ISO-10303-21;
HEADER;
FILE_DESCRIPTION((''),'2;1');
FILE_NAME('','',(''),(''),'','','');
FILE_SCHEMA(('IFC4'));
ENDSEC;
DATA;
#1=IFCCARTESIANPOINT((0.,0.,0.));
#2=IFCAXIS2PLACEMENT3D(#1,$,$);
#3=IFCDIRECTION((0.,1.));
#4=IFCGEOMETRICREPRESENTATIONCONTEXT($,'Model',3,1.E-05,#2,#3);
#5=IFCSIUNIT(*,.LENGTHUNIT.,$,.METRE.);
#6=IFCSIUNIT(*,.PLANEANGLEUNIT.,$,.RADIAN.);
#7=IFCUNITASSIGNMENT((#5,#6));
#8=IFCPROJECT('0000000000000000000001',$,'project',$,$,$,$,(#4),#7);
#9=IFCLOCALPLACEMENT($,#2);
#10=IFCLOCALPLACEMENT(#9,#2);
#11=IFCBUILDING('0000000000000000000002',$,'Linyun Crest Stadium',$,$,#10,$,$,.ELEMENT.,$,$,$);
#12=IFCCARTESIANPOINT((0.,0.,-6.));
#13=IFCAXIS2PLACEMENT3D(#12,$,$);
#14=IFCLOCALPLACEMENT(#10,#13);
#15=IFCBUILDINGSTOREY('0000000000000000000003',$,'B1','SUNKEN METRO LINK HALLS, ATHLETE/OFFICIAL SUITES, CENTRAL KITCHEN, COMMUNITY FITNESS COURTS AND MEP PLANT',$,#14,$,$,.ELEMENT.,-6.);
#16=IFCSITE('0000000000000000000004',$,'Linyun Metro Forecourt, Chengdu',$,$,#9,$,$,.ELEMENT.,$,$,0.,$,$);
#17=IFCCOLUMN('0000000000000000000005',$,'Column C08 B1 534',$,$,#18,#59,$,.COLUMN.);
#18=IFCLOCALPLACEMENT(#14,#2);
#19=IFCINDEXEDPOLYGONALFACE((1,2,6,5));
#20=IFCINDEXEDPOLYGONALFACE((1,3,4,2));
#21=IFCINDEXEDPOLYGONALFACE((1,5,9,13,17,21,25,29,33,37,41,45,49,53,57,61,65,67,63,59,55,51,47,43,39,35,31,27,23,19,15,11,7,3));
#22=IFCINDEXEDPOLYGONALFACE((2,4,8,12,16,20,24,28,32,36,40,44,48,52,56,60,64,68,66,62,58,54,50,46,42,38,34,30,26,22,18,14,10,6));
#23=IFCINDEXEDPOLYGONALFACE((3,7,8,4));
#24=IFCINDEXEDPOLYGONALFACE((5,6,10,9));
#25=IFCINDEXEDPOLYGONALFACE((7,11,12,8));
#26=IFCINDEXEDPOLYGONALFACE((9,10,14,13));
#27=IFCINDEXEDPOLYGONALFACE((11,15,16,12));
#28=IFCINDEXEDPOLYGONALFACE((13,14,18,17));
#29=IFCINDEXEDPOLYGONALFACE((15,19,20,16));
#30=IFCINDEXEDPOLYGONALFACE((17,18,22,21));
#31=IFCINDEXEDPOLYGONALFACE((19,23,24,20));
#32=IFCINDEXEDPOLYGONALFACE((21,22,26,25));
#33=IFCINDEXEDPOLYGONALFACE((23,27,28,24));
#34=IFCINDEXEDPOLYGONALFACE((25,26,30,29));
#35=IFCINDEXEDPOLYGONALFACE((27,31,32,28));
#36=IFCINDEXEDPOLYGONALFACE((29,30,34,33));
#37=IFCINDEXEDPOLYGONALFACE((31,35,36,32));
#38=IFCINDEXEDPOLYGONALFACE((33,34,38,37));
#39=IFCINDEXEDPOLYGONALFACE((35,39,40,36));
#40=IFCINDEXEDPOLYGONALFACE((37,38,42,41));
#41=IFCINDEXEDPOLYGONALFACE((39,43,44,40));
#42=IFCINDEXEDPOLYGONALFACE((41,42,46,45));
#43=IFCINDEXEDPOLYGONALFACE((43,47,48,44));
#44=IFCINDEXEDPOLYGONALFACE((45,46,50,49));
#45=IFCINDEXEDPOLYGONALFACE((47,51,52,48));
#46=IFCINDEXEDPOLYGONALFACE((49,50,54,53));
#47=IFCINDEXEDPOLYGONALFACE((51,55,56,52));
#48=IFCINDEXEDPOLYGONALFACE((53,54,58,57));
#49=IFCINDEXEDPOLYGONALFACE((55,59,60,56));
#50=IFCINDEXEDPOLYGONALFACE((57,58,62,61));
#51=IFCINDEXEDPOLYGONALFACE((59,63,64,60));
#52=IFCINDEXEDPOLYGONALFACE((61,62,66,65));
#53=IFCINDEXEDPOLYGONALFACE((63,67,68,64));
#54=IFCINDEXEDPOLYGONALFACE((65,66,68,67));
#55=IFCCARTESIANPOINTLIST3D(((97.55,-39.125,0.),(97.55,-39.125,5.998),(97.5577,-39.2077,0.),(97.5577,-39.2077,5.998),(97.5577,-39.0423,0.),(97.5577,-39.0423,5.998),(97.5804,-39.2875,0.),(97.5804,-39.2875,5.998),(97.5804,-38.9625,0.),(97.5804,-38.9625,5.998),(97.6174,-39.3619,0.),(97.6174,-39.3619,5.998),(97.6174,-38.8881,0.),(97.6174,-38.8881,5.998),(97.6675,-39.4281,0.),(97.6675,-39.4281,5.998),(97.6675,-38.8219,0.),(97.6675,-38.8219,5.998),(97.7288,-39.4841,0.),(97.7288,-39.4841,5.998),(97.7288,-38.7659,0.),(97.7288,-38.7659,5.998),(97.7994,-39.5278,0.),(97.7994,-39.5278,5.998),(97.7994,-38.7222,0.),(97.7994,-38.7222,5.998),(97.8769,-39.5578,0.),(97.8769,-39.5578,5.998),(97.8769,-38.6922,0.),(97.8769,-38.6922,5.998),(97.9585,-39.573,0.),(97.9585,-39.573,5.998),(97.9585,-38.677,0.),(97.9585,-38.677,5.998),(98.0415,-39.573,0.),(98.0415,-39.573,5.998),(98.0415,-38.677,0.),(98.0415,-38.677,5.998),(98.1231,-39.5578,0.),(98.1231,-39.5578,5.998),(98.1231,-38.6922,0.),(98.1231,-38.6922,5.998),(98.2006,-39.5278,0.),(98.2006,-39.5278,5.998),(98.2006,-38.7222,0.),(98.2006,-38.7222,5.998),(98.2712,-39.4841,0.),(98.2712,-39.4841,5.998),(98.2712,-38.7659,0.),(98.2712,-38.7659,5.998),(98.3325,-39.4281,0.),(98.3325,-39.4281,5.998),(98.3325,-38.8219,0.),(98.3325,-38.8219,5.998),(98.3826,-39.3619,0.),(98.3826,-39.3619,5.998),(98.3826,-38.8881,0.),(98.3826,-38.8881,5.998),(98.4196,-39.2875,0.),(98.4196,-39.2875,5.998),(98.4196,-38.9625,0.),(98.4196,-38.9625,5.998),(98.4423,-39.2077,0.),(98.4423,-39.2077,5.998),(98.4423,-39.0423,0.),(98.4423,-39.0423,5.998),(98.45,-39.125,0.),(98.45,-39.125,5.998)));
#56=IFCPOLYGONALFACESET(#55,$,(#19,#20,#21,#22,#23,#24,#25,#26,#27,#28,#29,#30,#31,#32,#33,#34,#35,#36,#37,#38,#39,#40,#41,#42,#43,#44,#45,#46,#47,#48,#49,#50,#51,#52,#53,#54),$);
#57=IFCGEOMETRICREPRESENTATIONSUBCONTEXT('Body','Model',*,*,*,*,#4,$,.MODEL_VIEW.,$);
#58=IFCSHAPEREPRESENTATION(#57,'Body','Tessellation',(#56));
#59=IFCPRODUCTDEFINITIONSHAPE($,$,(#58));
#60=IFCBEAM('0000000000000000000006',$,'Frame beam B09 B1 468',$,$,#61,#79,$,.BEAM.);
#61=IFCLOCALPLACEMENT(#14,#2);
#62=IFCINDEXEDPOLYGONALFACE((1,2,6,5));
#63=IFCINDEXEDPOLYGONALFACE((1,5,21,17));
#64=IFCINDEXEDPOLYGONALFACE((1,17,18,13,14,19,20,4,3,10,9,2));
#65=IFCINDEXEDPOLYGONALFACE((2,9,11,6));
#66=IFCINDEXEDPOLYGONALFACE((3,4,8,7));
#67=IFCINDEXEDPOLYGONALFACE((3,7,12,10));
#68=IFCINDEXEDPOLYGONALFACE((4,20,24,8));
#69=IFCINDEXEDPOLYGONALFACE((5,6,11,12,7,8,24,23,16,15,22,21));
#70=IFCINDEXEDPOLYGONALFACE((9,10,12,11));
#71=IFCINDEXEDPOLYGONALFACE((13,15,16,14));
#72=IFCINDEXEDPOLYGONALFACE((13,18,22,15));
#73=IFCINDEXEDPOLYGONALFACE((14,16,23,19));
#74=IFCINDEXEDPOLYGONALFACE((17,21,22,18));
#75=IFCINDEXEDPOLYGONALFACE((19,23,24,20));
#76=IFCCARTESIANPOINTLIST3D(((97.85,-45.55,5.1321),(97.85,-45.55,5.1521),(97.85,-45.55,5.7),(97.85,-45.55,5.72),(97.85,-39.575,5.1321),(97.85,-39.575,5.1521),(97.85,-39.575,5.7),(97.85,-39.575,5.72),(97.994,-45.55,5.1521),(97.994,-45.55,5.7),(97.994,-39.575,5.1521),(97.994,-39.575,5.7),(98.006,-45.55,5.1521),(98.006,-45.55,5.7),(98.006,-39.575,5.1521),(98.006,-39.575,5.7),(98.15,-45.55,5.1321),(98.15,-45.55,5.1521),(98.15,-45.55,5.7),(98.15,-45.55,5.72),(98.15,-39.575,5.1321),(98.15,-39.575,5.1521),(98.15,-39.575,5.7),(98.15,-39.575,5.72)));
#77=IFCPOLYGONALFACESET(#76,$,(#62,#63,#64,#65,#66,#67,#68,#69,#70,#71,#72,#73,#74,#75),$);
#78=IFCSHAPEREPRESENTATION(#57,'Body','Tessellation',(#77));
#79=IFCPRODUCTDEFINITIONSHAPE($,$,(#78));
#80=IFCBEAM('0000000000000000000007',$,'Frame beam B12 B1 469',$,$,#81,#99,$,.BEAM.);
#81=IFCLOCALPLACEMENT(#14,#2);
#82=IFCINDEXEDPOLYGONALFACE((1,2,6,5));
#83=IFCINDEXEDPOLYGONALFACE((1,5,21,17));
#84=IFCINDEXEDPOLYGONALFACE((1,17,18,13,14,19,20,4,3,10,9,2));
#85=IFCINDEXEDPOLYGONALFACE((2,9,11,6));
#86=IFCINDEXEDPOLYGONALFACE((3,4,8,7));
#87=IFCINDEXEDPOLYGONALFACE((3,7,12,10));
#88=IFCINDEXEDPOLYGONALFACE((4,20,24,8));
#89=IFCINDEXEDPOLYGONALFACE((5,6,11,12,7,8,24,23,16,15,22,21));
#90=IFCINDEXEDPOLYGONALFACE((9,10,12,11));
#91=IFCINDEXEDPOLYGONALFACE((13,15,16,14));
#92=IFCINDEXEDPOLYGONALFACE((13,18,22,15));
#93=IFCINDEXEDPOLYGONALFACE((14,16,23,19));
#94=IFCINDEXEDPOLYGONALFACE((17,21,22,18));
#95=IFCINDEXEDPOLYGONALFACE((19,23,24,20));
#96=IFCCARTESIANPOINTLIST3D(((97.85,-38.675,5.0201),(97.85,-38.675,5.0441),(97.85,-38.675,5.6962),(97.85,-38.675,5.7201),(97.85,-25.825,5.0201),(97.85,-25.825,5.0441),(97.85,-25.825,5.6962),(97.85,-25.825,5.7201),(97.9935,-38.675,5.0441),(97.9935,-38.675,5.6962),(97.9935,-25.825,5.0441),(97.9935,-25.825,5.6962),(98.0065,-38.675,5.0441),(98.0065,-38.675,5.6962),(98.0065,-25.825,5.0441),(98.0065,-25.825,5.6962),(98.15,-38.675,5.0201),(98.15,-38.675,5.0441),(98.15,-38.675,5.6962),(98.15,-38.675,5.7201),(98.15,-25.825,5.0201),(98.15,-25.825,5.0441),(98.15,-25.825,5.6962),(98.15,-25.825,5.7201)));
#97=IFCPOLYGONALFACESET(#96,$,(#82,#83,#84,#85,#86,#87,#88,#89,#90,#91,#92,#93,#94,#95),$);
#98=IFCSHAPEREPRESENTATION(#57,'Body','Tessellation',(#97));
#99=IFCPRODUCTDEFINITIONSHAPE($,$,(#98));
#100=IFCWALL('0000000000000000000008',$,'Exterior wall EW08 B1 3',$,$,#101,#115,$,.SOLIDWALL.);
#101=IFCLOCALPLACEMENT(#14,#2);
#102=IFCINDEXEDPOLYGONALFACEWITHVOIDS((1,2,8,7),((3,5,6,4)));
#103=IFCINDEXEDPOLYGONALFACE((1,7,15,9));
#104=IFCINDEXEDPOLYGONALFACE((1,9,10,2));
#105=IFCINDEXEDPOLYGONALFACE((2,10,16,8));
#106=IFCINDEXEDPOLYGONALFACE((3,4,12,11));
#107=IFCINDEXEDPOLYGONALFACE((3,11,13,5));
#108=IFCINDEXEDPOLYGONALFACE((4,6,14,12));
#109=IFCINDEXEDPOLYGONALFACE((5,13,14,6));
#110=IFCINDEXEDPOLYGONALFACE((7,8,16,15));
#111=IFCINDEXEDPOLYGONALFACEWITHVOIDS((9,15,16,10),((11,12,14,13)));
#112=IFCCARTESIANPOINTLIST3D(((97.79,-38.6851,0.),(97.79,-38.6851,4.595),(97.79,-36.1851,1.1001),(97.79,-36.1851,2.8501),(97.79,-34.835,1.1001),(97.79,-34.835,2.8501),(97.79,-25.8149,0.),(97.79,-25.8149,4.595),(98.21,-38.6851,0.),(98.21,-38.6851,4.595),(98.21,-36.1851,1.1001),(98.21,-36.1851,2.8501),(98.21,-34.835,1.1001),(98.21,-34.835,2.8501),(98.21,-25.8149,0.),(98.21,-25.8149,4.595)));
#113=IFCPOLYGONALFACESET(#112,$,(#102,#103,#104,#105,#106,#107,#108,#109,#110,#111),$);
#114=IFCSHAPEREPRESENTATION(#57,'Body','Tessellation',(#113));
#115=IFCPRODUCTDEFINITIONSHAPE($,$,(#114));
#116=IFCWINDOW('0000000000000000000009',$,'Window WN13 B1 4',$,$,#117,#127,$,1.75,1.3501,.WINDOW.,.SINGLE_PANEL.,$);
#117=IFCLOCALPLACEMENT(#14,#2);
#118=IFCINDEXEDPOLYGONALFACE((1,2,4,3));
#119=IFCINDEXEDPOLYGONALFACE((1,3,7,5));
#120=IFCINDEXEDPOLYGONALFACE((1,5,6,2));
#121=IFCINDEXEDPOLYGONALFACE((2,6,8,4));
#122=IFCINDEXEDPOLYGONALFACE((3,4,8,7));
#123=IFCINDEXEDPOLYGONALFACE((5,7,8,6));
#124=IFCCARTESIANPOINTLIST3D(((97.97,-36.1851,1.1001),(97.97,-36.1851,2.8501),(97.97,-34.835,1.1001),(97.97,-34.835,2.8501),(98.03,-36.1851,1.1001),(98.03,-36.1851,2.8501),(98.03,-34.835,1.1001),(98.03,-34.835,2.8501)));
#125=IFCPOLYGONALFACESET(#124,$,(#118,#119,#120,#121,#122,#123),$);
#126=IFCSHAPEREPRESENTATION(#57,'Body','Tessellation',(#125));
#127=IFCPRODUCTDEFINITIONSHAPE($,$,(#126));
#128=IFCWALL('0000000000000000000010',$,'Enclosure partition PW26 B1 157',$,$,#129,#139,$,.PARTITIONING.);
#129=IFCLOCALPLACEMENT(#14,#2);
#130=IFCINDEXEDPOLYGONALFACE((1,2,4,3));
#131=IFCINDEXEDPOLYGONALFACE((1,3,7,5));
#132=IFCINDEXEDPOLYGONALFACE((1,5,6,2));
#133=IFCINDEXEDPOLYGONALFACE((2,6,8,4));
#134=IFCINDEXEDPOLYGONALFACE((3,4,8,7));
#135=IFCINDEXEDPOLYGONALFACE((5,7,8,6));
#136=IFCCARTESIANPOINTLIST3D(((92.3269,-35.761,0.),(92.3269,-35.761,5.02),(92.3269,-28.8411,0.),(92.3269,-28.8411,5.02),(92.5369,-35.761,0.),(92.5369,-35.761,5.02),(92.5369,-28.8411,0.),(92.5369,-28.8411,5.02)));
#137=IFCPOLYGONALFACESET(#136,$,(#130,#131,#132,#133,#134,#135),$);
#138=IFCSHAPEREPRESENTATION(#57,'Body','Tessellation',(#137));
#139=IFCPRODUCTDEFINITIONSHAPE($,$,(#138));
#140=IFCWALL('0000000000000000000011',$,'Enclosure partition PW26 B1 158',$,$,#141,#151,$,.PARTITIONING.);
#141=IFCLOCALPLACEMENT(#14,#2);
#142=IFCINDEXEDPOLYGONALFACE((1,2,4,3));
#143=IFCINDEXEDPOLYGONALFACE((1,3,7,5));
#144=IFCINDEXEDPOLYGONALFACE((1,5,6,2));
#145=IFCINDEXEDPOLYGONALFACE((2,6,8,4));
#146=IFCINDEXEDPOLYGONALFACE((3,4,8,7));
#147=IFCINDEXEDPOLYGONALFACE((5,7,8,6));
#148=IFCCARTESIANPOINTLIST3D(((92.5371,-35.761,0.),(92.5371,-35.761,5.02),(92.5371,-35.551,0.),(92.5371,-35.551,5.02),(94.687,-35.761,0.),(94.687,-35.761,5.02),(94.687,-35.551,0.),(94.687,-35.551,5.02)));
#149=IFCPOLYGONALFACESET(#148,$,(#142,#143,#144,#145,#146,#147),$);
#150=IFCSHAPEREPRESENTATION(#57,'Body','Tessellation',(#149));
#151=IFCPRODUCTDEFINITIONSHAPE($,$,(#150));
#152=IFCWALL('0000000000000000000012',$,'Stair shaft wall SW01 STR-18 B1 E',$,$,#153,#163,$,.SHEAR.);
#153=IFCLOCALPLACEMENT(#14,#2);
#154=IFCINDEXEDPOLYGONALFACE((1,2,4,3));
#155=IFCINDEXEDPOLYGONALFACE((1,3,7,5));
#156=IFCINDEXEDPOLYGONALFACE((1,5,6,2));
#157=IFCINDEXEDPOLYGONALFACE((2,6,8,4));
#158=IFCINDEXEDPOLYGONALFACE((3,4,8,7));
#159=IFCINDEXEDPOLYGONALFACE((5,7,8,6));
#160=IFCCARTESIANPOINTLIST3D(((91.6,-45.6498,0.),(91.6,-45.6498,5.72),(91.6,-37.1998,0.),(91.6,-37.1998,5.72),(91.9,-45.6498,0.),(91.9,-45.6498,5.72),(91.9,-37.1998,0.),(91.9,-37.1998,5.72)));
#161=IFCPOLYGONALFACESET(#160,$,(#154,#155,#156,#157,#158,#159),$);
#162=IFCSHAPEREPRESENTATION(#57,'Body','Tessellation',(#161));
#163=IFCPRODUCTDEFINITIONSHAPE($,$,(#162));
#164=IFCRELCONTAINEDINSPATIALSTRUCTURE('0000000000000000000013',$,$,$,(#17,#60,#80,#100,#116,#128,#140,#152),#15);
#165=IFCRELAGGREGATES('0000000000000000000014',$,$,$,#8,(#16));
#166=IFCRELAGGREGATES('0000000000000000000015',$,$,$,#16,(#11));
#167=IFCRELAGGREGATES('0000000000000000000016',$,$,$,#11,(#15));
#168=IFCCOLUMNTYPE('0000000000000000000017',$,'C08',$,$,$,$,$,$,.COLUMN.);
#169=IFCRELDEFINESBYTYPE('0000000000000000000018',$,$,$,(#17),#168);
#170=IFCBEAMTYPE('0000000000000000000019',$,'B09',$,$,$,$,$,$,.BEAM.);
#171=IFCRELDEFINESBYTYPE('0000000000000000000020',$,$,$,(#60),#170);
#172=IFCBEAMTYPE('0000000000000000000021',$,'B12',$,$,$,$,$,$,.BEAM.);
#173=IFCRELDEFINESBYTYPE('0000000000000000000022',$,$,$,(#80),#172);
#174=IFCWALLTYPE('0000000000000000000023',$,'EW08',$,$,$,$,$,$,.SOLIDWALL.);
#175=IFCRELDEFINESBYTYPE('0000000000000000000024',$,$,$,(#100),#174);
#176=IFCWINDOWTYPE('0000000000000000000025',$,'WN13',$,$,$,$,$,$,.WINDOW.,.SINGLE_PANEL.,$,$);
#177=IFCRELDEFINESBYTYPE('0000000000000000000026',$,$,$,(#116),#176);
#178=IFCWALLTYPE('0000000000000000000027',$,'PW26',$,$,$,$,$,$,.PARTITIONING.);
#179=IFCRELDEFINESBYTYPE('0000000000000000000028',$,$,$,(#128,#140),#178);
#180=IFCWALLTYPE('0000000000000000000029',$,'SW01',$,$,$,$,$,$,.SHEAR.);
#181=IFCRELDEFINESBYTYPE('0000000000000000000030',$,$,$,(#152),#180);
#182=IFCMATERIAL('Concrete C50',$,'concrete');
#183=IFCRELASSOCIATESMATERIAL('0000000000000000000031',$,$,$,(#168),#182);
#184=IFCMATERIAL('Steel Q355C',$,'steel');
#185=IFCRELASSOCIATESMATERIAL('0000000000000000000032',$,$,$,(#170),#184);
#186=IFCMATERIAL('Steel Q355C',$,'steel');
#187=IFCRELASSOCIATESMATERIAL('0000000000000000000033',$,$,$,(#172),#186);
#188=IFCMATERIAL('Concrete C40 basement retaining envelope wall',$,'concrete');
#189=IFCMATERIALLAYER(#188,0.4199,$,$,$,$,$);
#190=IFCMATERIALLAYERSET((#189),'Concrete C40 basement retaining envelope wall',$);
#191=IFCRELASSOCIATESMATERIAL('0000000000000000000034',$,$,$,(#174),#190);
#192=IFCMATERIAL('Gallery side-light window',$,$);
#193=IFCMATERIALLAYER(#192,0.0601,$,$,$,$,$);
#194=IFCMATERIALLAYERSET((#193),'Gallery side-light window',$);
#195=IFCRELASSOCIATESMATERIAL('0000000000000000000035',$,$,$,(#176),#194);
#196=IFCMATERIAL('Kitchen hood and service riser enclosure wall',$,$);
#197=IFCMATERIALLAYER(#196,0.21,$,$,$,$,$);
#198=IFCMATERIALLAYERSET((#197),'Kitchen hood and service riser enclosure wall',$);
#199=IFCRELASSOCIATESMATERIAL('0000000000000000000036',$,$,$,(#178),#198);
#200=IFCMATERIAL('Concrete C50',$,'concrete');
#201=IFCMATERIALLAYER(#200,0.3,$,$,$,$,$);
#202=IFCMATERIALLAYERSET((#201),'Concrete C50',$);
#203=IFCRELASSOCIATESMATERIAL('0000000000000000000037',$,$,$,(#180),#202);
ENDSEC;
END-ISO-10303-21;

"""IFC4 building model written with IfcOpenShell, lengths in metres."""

from ifc_helpers import new_model, si_unit, direction, frame, frame_2d, origin, origin_2d, place, context, subcontext, project, spatial, rectangle, circle, i_section, extrude, material, layer, layer_set, material_profile, profile_set, type_object, element, fill, save


model = new_model("IFC4")

# Units and contexts
model_context = context("Model", 3, precision=1e-05, world=origin(), true_north=direction((0.0, 1.0)))
body_context = subcontext(model_context, "Body", "Model", "MODEL_VIEW")
ifc_project = project(units=[si_unit("LENGTHUNIT", "METRE"), si_unit("PLANEANGLEUNIT", "RADIAN")], contexts=[model_context])

# Site, building, storey
site_placement = place(None, origin())
site = spatial("IfcSite", under=ifc_project, at=site_placement, Name="Linyun Metro Forecourt, Chengdu", CompositionType="ELEMENT", RefElevation=0.0)
building_placement = place(site_placement, origin())
building = spatial("IfcBuilding", under=site, at=building_placement, Name="Linyun Crest Stadium", CompositionType="ELEMENT")
storey_placement = place(building_placement, frame((0.0, 0.0, -6.0)))
storey = spatial("IfcBuildingStorey", under=building, at=storey_placement, Name="B1", Description="SUNKEN METRO LINK HALLS, ATHLETE/OFFICIAL SUITES, CENTRAL KITCHEN, COMMUNITY FITNESS COURTS AND MEP PLANT", CompositionType="ELEMENT", Elevation=-6.0)

# Column
ifc_material_1 = material(Name="Concrete C50", Category="concrete")
ifc_material_profile_1 = material_profile(ifc_material_1, circle(Radius=0.45, at=origin_2d()), Name="RC D900")
ifc_profile_set_1 = profile_set([ifc_material_profile_1], Name="Concrete C50")
column_type = type_object("IfcColumnType", Name="C08", PredefinedType="COLUMN", material=ifc_profile_set_1)
for number, where, z_axis, x_axis, name in (
    (1, (98.0, -39.125, 0.0), (0.0, 0.0, 1.0), (1.0, 0.0, 0.0), "Column C08 B1 534"),
):
    element("IfcColumn", number, at=place(storey_placement, frame(where, z_axis=z_axis, x_axis=x_axis)), inside=storey, type_object=column_type, Name=name, PredefinedType="COLUMN", context=body_context, shape_type="SweptSolid", body=[
        extrude(circle(Radius=0.45, at=origin_2d()), origin(), (0.0, 0.0, 1.0), 5.998),
    ])

# Beams
ifc_material_2 = material(Name="Steel Q355C", Category="steel")
ifc_material_profile_2 = material_profile(ifc_material_2, i_section(OverallWidth=0.3, OverallDepth=0.5879, WebThickness=0.012, FlangeThickness=0.02, at=origin_2d()), Name="HM 588x300")
ifc_profile_set_2 = profile_set([ifc_material_profile_2], Name="Steel Q355C")
beam_type_1 = type_object("IfcBeamType", Name="B09", PredefinedType="BEAM", material=ifc_profile_set_2)
beam_1_placement = place(storey_placement, frame((98.0, -45.55, 5.426), z_axis=(0.0, 1.0, 0.0), x_axis=(-1.0, 0.0, 0.0)))
element("IfcBeam", 2, at=beam_1_placement, inside=storey, type_object=beam_type_1, Name="Frame beam B09 B1 468", PredefinedType="BEAM", context=body_context, shape_type="SweptSolid", body=[
    extrude(i_section(OverallWidth=0.3, OverallDepth=0.5879, WebThickness=0.012, FlangeThickness=0.02, at=origin_2d()), origin(), (0.0, 0.0, 1.0), 5.9751),
])
ifc_material_3 = material(Name="Steel Q355C", Category="steel")
ifc_material_profile_3 = material_profile(ifc_material_3, i_section(OverallWidth=0.3, OverallDepth=0.7, WebThickness=0.0129, FlangeThickness=0.0239, at=origin_2d()), Name="HN 700x300")
ifc_profile_set_3 = profile_set([ifc_material_profile_3], Name="Steel Q355C")
beam_type_2 = type_object("IfcBeamType", Name="B12", PredefinedType="BEAM", material=ifc_profile_set_3)
beam_2_placement = place(storey_placement, frame((98.0, -38.675, 5.3701), z_axis=(0.0, 1.0, 0.0), x_axis=(-1.0, 0.0, 0.0)))
element("IfcBeam", 3, at=beam_2_placement, inside=storey, type_object=beam_type_2, Name="Frame beam B12 B1 469", PredefinedType="BEAM", context=body_context, shape_type="SweptSolid", body=[
    extrude(i_section(OverallWidth=0.3, OverallDepth=0.7, WebThickness=0.0129, FlangeThickness=0.0239, at=origin_2d()), origin(), (0.0, 0.0, 1.0), 12.8501),
])

# Wall, opening, window
ifc_material_4 = material(Name="Concrete C40 basement retaining envelope wall", Category="concrete")
ifc_layer_1 = layer(ifc_material_4, 0.4199)
ifc_layer_set_1 = layer_set([ifc_layer_1], Name="Concrete C40 basement retaining envelope wall")
wall_type_1 = type_object("IfcWallType", Name="EW08", PredefinedType="SOLIDWALL", material=ifc_layer_set_1)
wall_1_placement = place(storey_placement, frame((98.0, -38.6851, 0.0), z_axis=(0.0, 0.0, 1.0), x_axis=(0.0, 1.0, 0.0)))
wall_1 = element("IfcWall", 4, at=wall_1_placement, inside=storey, type_object=wall_type_1, Name="Exterior wall EW08 B1 3", PredefinedType="SOLIDWALL", context=body_context, shape_type="SweptSolid", body=[
    extrude(rectangle(XDim=12.8701, YDim=0.4199, at=frame_2d((6.4351, 0.0))), origin(), (0.0, 0.0, 1.0), 4.595),
])
opening_placement = place(wall_1_placement, frame((2.5, 0.0, 1.1001)))
opening = element("IfcOpeningElement", 5, at=opening_placement, cuts=wall_1, PredefinedType="OPENING", context=body_context, shape_type="SweptSolid", body=[
    extrude(rectangle(XDim=1.3501, YDim=1.75, at=frame_2d((0.675, 0.875))), frame((0.0, 0.22, 0.0), z_axis=(0.0, -1.0, 0.0), x_axis=(1.0, 0.0, 0.0)), (0.0, 0.0, 1.0), 0.4399),
])
ifc_material_5 = material(Name="Gallery side-light window")
ifc_layer_2 = layer(ifc_material_5, 0.0601)
ifc_layer_set_2 = layer_set([ifc_layer_2], Name="Gallery side-light window")
window_type = type_object("IfcWindowType", Name="WN13", PartitioningType="SINGLE_PANEL", PredefinedType="WINDOW", material=ifc_layer_set_2)
window_placement = place(opening_placement, origin())
window = element("IfcWindow", 6, at=window_placement, inside=storey, type_object=window_type, Name="Window WN13 B1 4", OverallHeight=1.75, OverallWidth=1.3501, PartitioningType="SINGLE_PANEL", PredefinedType="WINDOW", context=body_context, shape_type="SweptSolid", body=[
    extrude(rectangle(XDim=1.3501, YDim=1.75, at=frame_2d((0.675, 0.875))), frame((0.0, 0.03, 0.0), z_axis=(0.0, -1.0, 0.0), x_axis=(1.0, 0.0, 0.0)), (0.0, 0.0, 1.0), 0.0601),
])
fill(opening, window)

# Walls
ifc_material_6 = material(Name="Kitchen hood and service riser enclosure wall")
ifc_layer_3 = layer(ifc_material_6, 0.21)
ifc_layer_set_3 = layer_set([ifc_layer_3], Name="Kitchen hood and service riser enclosure wall")
wall_type_2 = type_object("IfcWallType", Name="PW26", PredefinedType="PARTITIONING", material=ifc_layer_set_3)
wall_2_placement = place(storey_placement, frame((92.4319, -35.761, 0.0), z_axis=(0.0, 0.0, 1.0), x_axis=(0.0, 1.0, 0.0)))
element("IfcWall", 7, at=wall_2_placement, inside=storey, type_object=wall_type_2, Name="Enclosure partition PW26 B1 157", PredefinedType="PARTITIONING", context=body_context, shape_type="SweptSolid", body=[
    extrude(rectangle(XDim=6.9199, YDim=0.21, at=frame_2d((3.46, 0.0))), origin(), (0.0, 0.0, 1.0), 5.02),
])
wall_3_placement = place(storey_placement, frame((92.5371, -35.656, 0.0), z_axis=(0.0, 0.0, 1.0), x_axis=(1.0, 0.0, 0.0)))
element("IfcWall", 8, at=wall_3_placement, inside=storey, type_object=wall_type_2, Name="Enclosure partition PW26 B1 158", PredefinedType="PARTITIONING", context=body_context, shape_type="SweptSolid", body=[
    extrude(rectangle(XDim=2.1499, YDim=0.21, at=frame_2d((1.075, 0.0))), origin(), (0.0, 0.0, 1.0), 5.02),
])
ifc_material_7 = material(Name="Concrete C50", Category="concrete")
ifc_layer_4 = layer(ifc_material_7, 0.3)
ifc_layer_set_4 = layer_set([ifc_layer_4], Name="Concrete C50")
wall_type_3 = type_object("IfcWallType", Name="SW01", PredefinedType="SHEAR", material=ifc_layer_set_4)
wall_4_placement = place(storey_placement, frame((91.75, -45.6499, 0.0), z_axis=(0.0, 0.0, 1.0), x_axis=(0.0, 1.0, 0.0)))
element("IfcWall", 9, at=wall_4_placement, inside=storey, type_object=wall_type_3, Name="Stair shaft wall SW01 STR-18 B1 E", PredefinedType="SHEAR", context=body_context, shape_type="SweptSolid", body=[
    extrude(rectangle(XDim=8.45, YDim=0.3, at=frame_2d((4.2251, 0.0))), origin(), (0.0, 0.0, 1.0), 5.72),
])

save(model, "model.ifc")
